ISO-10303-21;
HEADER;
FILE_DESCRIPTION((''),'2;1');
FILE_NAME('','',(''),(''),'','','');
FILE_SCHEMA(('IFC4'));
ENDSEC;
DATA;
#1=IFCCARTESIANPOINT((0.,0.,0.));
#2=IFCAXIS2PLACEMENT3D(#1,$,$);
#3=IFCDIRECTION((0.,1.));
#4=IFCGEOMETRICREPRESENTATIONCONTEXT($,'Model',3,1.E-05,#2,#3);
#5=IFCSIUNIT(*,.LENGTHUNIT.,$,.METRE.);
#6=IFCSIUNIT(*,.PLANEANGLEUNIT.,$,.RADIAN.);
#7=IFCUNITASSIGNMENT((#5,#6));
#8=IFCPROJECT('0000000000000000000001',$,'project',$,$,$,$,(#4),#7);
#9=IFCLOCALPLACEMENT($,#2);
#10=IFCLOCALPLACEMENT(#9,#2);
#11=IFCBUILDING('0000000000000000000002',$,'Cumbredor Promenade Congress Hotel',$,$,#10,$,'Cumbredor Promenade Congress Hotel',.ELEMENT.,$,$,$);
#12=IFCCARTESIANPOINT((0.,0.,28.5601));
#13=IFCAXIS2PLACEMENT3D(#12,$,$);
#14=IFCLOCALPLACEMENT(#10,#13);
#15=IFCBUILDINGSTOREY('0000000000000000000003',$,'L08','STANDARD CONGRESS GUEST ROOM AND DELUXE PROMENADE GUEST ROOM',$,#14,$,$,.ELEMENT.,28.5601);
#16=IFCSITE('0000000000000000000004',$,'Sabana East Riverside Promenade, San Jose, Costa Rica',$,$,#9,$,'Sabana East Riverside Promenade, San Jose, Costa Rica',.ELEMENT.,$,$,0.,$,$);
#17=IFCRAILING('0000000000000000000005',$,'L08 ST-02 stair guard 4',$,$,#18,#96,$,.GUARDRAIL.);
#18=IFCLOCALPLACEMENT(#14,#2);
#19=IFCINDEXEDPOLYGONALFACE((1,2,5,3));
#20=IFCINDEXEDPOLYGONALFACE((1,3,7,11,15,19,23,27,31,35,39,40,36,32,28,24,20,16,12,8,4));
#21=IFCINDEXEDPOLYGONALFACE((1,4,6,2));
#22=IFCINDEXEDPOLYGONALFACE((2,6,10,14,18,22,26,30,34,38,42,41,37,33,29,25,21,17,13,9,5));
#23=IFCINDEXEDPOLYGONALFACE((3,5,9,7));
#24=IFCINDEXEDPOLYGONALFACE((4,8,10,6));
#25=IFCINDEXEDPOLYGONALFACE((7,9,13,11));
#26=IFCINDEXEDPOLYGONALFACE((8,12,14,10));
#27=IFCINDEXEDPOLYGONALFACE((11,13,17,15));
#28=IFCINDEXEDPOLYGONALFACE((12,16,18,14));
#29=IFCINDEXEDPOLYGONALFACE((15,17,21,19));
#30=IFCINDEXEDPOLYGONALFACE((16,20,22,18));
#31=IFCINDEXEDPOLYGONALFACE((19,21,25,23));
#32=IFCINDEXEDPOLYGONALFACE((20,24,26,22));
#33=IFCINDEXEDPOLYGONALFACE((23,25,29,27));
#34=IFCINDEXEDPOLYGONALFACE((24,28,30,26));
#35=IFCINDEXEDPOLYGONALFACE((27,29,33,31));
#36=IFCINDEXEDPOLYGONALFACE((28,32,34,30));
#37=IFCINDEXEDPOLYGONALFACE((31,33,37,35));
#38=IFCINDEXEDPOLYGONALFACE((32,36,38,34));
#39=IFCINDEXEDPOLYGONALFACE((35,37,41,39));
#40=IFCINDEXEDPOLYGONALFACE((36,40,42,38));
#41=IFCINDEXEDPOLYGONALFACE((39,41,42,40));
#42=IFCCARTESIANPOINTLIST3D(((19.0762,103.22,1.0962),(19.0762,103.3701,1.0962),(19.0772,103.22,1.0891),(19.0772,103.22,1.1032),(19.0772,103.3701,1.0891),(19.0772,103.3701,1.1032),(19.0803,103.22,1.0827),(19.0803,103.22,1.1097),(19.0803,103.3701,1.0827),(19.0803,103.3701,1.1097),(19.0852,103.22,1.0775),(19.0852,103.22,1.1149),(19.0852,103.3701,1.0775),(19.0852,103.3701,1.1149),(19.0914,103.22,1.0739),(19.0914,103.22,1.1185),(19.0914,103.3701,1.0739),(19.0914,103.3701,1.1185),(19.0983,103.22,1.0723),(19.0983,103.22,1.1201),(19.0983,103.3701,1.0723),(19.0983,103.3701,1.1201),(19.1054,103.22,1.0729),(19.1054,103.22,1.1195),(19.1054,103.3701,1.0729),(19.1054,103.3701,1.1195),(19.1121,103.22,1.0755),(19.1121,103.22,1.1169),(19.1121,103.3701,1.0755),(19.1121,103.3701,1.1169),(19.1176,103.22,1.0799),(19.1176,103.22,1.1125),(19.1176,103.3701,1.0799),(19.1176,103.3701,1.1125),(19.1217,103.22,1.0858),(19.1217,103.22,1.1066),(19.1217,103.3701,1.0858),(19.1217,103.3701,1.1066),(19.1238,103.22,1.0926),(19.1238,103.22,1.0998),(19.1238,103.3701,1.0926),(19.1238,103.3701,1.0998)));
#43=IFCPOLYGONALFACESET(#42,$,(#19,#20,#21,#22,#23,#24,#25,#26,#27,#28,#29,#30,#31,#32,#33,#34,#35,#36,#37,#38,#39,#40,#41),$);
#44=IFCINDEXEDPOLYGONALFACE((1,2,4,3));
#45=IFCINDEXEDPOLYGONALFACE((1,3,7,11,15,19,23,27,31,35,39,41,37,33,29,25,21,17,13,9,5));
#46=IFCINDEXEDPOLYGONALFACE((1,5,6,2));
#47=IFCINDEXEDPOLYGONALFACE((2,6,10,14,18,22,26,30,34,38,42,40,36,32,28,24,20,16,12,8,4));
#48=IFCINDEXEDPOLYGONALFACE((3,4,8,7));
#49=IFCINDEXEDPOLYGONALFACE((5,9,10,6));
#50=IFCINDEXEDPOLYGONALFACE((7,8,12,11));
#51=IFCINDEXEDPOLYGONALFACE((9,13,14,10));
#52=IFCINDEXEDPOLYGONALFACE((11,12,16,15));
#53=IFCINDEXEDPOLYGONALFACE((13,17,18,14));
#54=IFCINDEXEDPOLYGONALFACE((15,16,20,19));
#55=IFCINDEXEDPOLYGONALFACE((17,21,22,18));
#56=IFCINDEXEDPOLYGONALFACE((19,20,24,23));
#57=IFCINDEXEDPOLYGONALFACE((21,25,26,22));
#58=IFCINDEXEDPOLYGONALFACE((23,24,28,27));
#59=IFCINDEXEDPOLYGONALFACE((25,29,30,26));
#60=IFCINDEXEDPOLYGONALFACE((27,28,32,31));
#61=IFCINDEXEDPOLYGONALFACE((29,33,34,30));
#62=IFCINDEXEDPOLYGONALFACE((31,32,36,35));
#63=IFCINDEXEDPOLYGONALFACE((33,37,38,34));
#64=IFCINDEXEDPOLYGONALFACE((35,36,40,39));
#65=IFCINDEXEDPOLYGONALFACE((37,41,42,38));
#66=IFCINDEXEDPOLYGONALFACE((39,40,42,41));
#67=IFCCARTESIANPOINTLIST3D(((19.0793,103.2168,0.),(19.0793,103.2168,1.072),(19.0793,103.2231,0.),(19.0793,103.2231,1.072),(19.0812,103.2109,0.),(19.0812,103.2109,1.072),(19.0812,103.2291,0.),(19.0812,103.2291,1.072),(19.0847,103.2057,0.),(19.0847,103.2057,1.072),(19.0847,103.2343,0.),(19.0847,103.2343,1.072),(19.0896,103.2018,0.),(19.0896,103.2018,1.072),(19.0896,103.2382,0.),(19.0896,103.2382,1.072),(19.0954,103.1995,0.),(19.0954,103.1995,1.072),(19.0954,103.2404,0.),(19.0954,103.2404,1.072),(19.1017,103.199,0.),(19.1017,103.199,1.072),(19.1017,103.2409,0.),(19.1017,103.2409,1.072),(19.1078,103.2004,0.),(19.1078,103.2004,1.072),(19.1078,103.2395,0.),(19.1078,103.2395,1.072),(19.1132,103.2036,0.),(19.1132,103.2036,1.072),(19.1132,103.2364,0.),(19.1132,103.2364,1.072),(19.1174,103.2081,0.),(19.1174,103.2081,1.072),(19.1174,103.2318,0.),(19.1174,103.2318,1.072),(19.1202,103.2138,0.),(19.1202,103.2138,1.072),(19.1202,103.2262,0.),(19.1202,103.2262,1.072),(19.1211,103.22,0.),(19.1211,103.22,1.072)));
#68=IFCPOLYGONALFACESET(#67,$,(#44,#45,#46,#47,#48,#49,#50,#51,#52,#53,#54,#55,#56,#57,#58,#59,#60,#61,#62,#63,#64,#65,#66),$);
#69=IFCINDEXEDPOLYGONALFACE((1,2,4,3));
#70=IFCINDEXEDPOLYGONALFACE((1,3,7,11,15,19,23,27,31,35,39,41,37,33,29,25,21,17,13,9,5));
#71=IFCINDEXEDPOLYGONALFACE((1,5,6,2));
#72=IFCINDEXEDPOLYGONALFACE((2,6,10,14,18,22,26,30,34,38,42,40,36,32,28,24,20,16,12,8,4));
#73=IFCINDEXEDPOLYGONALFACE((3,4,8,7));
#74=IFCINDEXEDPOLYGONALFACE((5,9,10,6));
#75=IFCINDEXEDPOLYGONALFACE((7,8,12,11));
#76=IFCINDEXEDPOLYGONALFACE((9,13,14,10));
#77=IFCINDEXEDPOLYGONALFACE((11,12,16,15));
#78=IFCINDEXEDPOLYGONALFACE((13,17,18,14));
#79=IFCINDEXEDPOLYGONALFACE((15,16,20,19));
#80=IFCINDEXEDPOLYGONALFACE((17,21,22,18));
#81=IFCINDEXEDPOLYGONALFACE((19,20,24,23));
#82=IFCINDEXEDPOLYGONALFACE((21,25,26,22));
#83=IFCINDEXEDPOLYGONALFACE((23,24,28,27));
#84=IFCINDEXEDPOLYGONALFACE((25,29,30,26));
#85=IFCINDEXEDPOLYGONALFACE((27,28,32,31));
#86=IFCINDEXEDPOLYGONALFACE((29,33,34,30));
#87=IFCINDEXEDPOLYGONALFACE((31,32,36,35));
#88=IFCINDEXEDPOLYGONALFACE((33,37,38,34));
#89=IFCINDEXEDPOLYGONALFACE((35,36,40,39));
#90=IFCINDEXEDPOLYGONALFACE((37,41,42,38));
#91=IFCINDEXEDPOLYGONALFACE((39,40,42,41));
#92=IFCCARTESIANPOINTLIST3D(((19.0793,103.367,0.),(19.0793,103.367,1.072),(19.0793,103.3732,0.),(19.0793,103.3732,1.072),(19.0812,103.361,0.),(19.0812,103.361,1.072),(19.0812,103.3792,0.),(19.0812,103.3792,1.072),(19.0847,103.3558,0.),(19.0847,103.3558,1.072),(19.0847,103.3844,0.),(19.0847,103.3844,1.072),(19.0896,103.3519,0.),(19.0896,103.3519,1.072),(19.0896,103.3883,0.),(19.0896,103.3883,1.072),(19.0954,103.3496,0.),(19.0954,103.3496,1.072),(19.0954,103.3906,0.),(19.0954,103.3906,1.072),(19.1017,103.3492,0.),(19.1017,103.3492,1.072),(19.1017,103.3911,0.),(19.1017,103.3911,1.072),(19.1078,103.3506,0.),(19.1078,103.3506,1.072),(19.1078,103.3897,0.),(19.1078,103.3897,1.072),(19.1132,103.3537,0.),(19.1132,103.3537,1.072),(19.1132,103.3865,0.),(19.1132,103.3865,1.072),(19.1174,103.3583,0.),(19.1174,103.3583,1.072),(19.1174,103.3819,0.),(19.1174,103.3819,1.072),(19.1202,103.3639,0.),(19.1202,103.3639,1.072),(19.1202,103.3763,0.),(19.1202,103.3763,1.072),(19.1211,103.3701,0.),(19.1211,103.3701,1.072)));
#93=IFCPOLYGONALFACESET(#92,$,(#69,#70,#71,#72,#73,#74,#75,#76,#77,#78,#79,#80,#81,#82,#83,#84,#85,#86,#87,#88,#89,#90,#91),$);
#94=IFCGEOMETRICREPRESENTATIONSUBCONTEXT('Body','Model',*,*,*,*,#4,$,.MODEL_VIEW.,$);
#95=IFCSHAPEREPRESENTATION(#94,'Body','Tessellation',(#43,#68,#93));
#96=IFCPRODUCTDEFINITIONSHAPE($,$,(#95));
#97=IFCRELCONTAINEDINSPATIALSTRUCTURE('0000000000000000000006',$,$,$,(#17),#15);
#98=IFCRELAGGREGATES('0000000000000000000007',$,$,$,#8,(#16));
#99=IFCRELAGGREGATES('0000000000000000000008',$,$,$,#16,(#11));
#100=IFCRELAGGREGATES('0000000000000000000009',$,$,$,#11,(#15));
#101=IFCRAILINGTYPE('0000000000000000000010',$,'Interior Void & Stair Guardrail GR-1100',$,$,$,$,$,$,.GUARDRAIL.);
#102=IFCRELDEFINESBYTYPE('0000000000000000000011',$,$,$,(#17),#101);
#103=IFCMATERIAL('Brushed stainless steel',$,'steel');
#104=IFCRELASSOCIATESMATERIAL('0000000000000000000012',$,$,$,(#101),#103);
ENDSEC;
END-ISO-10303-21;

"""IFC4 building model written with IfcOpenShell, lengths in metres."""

from ifc_helpers import new_model, si_unit, direction, frame, origin, origin_2d, place, context, subcontext, project, spatial, circle, extrude, material, type_object, element, save


model = new_model("IFC4")

# Units and contexts
model_context = context("Model", 3, precision=1e-05, world=origin(), true_north=direction((0.0, 1.0)))
body_context = subcontext(model_context, "Body", "Model", "MODEL_VIEW")
ifc_project = project(units=[si_unit("LENGTHUNIT", "METRE"), si_unit("PLANEANGLEUNIT", "RADIAN")], contexts=[model_context])

# Site, building, storey
site_placement = place(None, origin())
site = spatial("IfcSite", under=ifc_project, at=site_placement, Name="Sabana East Riverside Promenade, San Jose, Costa Rica", LongName="Sabana East Riverside Promenade, San Jose, Costa Rica", CompositionType="ELEMENT", RefElevation=0.0)
building_placement = place(site_placement, origin())
building = spatial("IfcBuilding", under=site, at=building_placement, Name="Cumbredor Promenade Congress Hotel", LongName="Cumbredor Promenade Congress Hotel", CompositionType="ELEMENT")
storey_placement = place(building_placement, frame((0.0, 0.0, 28.5601)))
storey = spatial("IfcBuildingStorey", under=building, at=storey_placement, Name="L08", Description="STANDARD CONGRESS GUEST ROOM AND DELUXE PROMENADE GUEST ROOM", CompositionType="ELEMENT", Elevation=28.5601)

# Shared definitions
ifc_material_1 = material(Name="Brushed stainless steel", Category="steel")

# Railing
railing_type_1 = type_object("IfcRailingType", Name="Interior Void & Stair Guardrail GR-1100", PredefinedType="GUARDRAIL", material=ifc_material_1)
railing_1_placement = place(storey_placement, frame((19.1001, 103.22, 0.0)))
element("IfcRailing", 1, at=railing_1_placement, inside=storey, type_object=railing_type_1, Name="L08 ST-02 stair guard 4", PredefinedType="GUARDRAIL", context=body_context, shape_type="SweptSolid", body=[
    extrude(circle(Radius=0.0239, at=origin_2d()), frame((0.0, 0.0, 1.0962), z_axis=(0.0, 1.0, 0.0), x_axis=(-1.0, 0.0, 0.0)), (0.0, 0.0, 1.0), 0.1501),
    extrude(circle(Radius=0.021, at=origin_2d()), origin(), (0.0, 0.0, 1.0), 1.072),
    extrude(circle(Radius=0.021, at=origin_2d()), frame((0.0, 0.1501, 0.0)), (0.0, 0.0, 1.0), 1.072),
])

save(model, "model.ifc")
